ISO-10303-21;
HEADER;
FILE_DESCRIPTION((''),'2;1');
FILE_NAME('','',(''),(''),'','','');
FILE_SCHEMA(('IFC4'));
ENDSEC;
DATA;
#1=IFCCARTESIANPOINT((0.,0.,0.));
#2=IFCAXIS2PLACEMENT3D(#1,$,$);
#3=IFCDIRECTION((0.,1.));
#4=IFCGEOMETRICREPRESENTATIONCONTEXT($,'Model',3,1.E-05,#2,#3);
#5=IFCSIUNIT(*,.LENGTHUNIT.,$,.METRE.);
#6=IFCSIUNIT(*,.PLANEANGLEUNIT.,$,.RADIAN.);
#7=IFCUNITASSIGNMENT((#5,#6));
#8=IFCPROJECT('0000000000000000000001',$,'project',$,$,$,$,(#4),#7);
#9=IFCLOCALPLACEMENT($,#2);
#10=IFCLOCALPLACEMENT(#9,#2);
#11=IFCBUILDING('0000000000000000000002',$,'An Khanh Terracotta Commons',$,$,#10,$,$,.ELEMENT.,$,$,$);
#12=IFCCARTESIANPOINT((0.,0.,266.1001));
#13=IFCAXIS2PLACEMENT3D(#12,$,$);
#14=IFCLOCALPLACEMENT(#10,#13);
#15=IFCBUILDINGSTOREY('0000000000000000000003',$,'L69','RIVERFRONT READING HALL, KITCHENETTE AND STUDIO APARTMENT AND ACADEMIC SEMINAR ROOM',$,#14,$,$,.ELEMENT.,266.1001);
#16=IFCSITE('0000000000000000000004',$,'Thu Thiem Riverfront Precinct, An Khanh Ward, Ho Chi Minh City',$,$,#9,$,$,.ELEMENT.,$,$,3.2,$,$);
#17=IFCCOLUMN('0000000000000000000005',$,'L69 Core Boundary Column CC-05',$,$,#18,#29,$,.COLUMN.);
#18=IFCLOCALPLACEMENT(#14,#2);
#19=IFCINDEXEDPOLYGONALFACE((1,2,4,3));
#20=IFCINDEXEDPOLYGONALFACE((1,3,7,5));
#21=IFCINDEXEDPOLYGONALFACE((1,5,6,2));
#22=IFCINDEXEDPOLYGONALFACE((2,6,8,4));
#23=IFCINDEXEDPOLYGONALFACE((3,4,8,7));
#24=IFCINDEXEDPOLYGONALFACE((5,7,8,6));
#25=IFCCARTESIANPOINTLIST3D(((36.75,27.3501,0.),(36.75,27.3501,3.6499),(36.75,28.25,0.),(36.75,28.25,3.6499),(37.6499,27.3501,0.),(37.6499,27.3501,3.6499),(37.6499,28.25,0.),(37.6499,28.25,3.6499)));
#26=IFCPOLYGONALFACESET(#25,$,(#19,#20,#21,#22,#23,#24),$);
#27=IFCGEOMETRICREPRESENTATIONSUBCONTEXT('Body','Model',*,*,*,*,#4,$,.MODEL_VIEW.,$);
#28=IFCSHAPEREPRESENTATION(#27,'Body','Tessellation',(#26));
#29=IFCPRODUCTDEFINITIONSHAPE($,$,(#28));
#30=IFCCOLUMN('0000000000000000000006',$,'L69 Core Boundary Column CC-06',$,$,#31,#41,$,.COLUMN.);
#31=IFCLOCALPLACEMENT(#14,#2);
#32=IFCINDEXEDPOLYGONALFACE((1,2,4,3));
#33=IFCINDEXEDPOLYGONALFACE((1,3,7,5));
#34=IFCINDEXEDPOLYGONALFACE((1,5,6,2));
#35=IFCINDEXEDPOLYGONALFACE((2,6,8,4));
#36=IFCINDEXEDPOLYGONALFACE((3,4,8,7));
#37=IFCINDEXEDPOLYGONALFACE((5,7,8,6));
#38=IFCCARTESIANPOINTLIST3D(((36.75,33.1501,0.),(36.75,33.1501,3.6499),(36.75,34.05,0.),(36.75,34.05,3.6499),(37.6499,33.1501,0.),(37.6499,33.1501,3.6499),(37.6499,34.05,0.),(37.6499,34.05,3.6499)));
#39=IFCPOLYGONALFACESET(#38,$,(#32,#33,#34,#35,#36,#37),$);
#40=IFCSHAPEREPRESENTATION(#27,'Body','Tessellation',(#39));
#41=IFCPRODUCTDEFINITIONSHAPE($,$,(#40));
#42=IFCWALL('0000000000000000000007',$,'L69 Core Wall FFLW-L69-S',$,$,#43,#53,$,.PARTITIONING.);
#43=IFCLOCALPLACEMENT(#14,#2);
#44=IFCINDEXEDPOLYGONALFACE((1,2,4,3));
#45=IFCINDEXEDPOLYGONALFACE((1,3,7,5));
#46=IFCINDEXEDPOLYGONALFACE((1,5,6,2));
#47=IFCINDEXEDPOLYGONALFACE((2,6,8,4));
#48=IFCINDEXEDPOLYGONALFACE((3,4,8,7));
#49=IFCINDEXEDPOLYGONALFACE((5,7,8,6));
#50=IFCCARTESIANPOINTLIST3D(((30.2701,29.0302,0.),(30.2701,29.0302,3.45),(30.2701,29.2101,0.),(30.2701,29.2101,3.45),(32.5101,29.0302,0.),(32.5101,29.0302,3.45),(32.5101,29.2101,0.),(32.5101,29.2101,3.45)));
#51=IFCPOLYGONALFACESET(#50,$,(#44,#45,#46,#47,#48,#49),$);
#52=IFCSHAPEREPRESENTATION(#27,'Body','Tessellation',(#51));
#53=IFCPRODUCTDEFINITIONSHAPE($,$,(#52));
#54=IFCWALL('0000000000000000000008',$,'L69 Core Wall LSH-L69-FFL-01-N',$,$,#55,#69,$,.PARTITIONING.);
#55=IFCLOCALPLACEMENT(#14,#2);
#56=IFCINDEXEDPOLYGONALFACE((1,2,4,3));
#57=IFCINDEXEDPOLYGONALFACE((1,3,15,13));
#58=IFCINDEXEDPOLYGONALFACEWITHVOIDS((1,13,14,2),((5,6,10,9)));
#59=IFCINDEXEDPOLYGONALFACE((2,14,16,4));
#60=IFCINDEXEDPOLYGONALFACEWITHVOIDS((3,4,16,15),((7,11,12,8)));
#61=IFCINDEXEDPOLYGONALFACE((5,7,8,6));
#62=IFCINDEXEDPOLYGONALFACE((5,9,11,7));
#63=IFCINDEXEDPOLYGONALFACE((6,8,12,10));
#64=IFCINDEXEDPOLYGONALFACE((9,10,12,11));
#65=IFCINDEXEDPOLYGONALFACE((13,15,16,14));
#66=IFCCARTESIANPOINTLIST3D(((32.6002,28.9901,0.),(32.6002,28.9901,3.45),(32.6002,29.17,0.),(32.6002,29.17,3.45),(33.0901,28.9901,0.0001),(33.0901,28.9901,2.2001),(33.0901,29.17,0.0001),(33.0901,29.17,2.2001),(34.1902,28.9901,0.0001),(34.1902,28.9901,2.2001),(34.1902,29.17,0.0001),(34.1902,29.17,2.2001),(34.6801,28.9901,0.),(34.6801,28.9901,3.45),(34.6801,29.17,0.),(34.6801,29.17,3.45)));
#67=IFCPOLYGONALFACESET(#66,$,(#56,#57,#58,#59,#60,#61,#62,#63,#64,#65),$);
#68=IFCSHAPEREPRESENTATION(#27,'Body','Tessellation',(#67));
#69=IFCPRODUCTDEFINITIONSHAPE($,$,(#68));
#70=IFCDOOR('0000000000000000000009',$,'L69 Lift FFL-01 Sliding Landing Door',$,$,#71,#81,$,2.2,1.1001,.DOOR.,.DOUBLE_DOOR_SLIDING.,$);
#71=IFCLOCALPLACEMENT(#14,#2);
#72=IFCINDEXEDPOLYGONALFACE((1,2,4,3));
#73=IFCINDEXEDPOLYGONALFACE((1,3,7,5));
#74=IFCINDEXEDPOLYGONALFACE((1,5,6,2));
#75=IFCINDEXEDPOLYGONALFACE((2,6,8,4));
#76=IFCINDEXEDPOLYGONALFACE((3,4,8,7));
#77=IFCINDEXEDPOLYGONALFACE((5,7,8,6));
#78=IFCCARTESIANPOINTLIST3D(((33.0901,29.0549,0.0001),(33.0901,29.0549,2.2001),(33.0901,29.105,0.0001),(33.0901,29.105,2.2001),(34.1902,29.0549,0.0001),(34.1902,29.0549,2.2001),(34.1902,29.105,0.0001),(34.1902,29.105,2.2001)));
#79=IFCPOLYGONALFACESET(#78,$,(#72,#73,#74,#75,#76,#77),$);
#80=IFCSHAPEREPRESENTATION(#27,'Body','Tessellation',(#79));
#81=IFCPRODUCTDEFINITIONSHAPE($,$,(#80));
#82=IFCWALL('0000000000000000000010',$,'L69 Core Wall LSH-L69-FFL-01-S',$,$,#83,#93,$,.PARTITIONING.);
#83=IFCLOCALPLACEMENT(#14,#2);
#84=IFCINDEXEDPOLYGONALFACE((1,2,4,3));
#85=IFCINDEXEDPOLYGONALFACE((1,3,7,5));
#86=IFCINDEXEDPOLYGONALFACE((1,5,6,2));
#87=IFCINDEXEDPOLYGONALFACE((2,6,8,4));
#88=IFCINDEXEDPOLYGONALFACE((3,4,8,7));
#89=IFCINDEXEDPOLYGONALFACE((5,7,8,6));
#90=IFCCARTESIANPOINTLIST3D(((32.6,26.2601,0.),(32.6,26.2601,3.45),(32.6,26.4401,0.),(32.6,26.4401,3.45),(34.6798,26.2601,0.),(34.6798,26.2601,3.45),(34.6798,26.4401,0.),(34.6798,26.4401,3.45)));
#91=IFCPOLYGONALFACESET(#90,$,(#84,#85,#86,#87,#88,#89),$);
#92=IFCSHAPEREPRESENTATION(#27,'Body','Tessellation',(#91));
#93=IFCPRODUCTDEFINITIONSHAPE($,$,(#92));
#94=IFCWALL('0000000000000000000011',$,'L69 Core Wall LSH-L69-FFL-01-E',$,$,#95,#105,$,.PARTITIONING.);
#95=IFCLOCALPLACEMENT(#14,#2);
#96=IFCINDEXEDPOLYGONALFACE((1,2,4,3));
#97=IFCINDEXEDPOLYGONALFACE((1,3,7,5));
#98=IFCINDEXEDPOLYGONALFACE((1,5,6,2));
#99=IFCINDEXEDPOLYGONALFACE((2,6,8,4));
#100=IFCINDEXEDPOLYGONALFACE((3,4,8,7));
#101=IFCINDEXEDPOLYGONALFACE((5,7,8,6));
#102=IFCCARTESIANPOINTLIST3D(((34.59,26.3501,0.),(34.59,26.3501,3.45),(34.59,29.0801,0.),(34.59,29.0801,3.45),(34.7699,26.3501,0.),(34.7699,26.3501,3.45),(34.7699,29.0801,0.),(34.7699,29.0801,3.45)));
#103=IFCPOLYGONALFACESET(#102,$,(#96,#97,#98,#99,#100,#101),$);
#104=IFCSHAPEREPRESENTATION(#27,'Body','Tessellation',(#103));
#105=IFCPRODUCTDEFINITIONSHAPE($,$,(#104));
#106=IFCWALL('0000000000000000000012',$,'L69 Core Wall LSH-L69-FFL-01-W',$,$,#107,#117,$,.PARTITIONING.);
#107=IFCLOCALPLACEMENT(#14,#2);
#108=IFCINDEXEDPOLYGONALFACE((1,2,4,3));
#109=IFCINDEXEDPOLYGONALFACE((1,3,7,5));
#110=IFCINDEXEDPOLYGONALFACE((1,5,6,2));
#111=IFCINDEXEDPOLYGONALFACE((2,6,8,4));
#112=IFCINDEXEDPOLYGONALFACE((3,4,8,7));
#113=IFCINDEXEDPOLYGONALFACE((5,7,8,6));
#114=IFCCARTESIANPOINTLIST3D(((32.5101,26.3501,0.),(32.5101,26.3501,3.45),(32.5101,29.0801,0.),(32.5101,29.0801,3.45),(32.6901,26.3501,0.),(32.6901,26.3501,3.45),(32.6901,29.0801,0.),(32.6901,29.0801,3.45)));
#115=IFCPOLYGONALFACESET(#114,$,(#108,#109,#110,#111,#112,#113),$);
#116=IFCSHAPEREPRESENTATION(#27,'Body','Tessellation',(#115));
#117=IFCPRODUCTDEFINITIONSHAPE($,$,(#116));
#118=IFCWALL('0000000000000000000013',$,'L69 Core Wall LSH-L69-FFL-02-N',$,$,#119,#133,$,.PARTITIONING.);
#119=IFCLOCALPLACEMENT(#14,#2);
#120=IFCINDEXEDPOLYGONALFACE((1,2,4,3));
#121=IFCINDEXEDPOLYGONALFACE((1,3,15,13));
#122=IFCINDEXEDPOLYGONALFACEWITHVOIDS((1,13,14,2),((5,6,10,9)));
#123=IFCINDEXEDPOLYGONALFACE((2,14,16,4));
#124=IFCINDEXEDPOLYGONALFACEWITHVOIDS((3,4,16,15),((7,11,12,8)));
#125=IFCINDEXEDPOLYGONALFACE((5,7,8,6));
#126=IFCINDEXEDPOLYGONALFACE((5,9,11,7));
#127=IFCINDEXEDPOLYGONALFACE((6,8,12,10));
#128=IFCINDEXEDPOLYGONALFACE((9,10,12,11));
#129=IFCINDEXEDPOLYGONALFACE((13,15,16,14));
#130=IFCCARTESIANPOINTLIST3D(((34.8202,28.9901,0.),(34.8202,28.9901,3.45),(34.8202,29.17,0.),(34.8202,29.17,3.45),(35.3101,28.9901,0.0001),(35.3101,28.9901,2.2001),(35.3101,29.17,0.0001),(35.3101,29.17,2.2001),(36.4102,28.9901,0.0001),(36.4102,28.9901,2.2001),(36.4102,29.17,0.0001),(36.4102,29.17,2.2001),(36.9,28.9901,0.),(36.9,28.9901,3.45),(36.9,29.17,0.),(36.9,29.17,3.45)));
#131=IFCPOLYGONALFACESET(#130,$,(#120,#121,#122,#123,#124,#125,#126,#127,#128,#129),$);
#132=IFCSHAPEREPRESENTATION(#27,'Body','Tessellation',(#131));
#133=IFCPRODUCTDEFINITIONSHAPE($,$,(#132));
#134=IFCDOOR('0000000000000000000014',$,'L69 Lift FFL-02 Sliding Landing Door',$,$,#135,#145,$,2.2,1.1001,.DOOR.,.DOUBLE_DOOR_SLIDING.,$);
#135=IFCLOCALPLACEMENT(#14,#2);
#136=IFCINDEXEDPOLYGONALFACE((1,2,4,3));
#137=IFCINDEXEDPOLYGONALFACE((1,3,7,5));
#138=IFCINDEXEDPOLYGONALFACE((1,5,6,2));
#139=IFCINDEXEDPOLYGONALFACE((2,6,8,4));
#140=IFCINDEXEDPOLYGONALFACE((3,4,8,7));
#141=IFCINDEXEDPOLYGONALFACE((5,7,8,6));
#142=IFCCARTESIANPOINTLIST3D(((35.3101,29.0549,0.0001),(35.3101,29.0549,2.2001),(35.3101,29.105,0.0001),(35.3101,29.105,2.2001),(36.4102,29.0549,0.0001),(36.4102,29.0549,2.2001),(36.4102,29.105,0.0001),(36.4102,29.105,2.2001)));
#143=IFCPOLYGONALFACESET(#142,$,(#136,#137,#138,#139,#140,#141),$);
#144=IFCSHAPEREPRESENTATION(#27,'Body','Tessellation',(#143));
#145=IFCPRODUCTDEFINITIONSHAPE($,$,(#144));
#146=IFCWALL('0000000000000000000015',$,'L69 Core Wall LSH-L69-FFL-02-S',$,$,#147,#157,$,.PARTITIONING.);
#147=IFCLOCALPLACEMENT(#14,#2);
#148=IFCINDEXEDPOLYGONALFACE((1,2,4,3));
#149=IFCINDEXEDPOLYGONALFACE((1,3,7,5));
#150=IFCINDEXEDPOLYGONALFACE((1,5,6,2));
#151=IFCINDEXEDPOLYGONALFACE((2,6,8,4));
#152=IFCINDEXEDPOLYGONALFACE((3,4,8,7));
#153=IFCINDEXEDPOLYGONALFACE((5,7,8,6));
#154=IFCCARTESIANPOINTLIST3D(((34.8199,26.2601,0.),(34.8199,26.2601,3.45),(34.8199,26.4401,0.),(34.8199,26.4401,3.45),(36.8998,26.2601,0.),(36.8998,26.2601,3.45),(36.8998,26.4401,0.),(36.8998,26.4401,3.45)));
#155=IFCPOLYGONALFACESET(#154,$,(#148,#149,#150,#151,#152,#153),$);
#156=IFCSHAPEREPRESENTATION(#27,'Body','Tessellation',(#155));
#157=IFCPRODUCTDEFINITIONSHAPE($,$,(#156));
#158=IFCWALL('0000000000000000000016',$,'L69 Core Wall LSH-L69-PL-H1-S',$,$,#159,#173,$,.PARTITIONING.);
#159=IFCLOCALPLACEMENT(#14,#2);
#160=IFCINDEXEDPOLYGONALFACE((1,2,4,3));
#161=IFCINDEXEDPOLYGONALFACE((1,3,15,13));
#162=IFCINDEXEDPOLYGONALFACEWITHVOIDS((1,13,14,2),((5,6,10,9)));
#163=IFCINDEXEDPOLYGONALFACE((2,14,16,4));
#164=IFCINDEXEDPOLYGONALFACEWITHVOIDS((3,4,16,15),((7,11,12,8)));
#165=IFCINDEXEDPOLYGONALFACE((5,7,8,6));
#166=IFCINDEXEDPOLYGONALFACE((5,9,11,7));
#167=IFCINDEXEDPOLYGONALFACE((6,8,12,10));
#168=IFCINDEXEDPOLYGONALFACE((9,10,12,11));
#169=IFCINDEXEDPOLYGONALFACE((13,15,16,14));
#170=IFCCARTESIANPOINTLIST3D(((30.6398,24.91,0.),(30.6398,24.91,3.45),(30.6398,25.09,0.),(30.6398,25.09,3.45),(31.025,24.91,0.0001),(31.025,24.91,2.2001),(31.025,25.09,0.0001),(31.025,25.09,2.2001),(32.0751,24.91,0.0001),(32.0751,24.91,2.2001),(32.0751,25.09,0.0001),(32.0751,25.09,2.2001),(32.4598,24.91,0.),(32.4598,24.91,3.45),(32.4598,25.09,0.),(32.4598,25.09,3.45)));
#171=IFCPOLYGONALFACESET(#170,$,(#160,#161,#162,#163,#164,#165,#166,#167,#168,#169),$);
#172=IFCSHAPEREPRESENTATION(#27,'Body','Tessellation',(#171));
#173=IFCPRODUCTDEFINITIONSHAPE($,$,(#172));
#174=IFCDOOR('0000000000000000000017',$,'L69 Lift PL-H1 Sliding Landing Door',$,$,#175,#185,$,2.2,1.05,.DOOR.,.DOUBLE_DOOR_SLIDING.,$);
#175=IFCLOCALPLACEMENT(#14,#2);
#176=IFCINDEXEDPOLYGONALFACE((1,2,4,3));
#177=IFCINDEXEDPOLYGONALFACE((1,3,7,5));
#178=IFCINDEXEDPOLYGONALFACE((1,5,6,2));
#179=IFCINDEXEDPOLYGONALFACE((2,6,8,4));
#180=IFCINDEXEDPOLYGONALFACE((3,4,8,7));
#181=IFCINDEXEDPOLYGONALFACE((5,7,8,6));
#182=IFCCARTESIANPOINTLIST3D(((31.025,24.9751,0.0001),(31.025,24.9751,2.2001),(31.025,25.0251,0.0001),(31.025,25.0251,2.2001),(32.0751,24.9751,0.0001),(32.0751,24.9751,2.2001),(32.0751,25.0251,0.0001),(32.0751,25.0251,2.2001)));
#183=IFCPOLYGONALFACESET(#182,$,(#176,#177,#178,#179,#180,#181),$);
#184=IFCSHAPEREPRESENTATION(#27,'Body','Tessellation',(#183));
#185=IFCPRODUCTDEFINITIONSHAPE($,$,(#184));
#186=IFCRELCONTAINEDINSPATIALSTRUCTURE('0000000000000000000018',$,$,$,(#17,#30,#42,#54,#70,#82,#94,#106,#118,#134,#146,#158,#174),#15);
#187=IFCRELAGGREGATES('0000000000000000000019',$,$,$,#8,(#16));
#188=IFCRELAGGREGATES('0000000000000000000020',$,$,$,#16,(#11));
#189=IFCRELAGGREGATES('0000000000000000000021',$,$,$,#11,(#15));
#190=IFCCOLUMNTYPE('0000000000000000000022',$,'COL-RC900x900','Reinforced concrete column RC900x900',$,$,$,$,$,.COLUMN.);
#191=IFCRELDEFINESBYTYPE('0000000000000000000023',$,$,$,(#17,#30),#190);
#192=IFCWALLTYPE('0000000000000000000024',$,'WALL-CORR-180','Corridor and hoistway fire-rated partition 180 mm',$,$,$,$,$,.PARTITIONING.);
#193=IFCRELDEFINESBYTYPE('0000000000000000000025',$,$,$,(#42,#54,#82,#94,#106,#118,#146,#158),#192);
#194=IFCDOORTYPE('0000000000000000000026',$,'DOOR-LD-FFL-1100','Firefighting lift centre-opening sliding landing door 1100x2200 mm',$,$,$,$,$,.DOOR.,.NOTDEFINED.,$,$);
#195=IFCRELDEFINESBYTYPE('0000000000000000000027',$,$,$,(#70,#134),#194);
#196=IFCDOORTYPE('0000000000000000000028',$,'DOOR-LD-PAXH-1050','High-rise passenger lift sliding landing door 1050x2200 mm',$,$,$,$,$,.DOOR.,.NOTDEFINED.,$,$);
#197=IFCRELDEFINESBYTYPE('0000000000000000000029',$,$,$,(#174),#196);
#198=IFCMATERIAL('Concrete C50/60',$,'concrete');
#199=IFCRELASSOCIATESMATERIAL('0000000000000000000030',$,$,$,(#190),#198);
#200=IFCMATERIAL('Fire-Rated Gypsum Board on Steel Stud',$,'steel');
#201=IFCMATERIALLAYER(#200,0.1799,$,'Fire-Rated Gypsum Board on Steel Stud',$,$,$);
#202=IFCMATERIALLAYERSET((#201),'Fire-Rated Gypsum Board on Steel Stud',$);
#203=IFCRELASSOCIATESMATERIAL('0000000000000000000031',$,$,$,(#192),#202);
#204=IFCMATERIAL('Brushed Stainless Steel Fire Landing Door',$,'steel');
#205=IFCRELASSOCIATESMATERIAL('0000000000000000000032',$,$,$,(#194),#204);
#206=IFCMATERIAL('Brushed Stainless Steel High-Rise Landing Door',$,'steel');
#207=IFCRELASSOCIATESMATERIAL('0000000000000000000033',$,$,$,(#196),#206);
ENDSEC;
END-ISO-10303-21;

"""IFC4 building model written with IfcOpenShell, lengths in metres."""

from ifc_helpers import new_model, si_unit, direction, frame, frame_2d, origin, origin_2d, place, context, subcontext, project, spatial, rectangle, extrude, material, layer, layer_set, material_profile, profile_set, type_object, element, fill, save


model = new_model("IFC4")

# Units and contexts
model_context = context("Model", 3, precision=1e-05, world=origin(), true_north=direction((0.0, 1.0)))
body_context = subcontext(model_context, "Body", "Model", "MODEL_VIEW")
ifc_project = project(units=[si_unit("LENGTHUNIT", "METRE"), si_unit("PLANEANGLEUNIT", "RADIAN")], contexts=[model_context])

# Site, building, storey
site_placement = place(None, origin())
site = spatial("IfcSite", under=ifc_project, at=site_placement, Name="Thu Thiem Riverfront Precinct, An Khanh Ward, Ho Chi Minh City", CompositionType="ELEMENT", RefElevation=3.2)
building_placement = place(site_placement, origin())
building = spatial("IfcBuilding", under=site, at=building_placement, Name="An Khanh Terracotta Commons", CompositionType="ELEMENT")
storey_placement = place(building_placement, frame((0.0, 0.0, 266.1001)))
storey = spatial("IfcBuildingStorey", under=building, at=storey_placement, Name="L69", Description="RIVERFRONT READING HALL, KITCHENETTE AND STUDIO APARTMENT AND ACADEMIC SEMINAR ROOM", CompositionType="ELEMENT", Elevation=266.1001)

# Columns
ifc_material_1 = material(Name="Concrete C50/60", Category="concrete")
ifc_material_profile = material_profile(ifc_material_1, rectangle(XDim=0.8999, YDim=0.8999, at=origin_2d()), Name="RC900x900")
ifc_profile_set = profile_set([ifc_material_profile], Name="Concrete C50/60")
column_type = type_object("IfcColumnType", Name="COL-RC900x900", Description="Reinforced concrete column RC900x900", PredefinedType="COLUMN", material=ifc_profile_set)
for number, where, z_axis, x_axis, name in (
    (1, (37.2, 27.8, 0.0), (0.0, 0.0, 1.0), (1.0, 0.0, 0.0), "L69 Core Boundary Column CC-05"),
    (2, (37.2, 33.6001, 0.0), (0.0, 0.0, 1.0), (1.0, 0.0, 0.0), "L69 Core Boundary Column CC-06"),
):
    element("IfcColumn", number, at=place(storey_placement, frame(where, z_axis=z_axis, x_axis=x_axis)), inside=storey, type_object=column_type, Name=name, PredefinedType="COLUMN", context=body_context, shape_type="SweptSolid", body=[
        extrude(rectangle(XDim=0.8999, YDim=0.8999, at=origin_2d()), origin(), (0.0, 0.0, 1.0), 3.6499),
    ])

# Wall
ifc_material_2 = material(Name="Fire-Rated Gypsum Board on Steel Stud", Category="steel")
ifc_layer_1 = layer(ifc_material_2, 0.1799, Name="Fire-Rated Gypsum Board on Steel Stud")
ifc_layer_set_1 = layer_set([ifc_layer_1], Name="Fire-Rated Gypsum Board on Steel Stud")
wall_type_1 = type_object("IfcWallType", Name="WALL-CORR-180", Description="Corridor and hoistway fire-rated partition 180 mm", PredefinedType="PARTITIONING", material=ifc_layer_set_1)
wall_1_placement = place(storey_placement, frame((30.27, 29.1201, 0.0), z_axis=(0.0, 0.0, 1.0), x_axis=(1.0, 0.0, 0.0)))
element("IfcWall", 3, at=wall_1_placement, inside=storey, type_object=wall_type_1, Name="L69 Core Wall FFLW-L69-S", PredefinedType="PARTITIONING", context=body_context, shape_type="SweptSolid", body=[
    extrude(rectangle(XDim=2.24, YDim=0.1799, at=frame_2d((1.1201, 0.0))), origin(), (0.0, 0.0, 1.0), 3.45),
])

# Wall, opening, door
wall_2_placement = place(storey_placement, frame((32.6001, 29.0801, 0.0), z_axis=(0.0, 0.0, 1.0), x_axis=(1.0, 0.0, 0.0)))
wall_2 = element("IfcWall", 4, at=wall_2_placement, inside=storey, type_object=wall_type_1, Name="L69 Core Wall LSH-L69-FFL-01-N", PredefinedType="PARTITIONING", context=body_context, shape_type="SweptSolid", body=[
    extrude(rectangle(XDim=2.0798, YDim=0.1799, at=frame_2d((1.04, 0.0))), origin(), (0.0, 0.0, 1.0), 3.45),
])
opening_1_placement = place(wall_2_placement, frame((0.49, 0.0, 0.0)))
opening_1 = element("IfcOpeningElement", 5, at=opening_1_placement, cuts=wall_2, PredefinedType="OPENING", context=body_context, shape_type="SweptSolid", body=[
    extrude(rectangle(XDim=1.1001, YDim=2.2, at=frame_2d((0.55, 1.1001))), frame((0.0, 0.0999, 0.0), z_axis=(0.0, -1.0, 0.0), x_axis=(1.0, 0.0, 0.0)), (0.0, 0.0, 1.0), 0.2),
])
ifc_material_3 = material(Name="Brushed Stainless Steel Fire Landing Door", Category="steel")
door_type_1 = type_object("IfcDoorType", Name="DOOR-LD-FFL-1100", Description="Firefighting lift centre-opening sliding landing door 1100x2200 mm", OperationType="NOTDEFINED", PredefinedType="DOOR", material=ifc_material_3)
door_1_placement = place(opening_1_placement, origin())
door_1 = element("IfcDoor", 6, at=door_1_placement, inside=storey, type_object=door_type_1, Name="L69 Lift FFL-01 Sliding Landing Door", OperationType="DOUBLE_DOOR_SLIDING", OverallHeight=2.2, OverallWidth=1.1001, PredefinedType="DOOR", context=body_context, shape_type="SweptSolid", body=[
    extrude(rectangle(XDim=1.1001, YDim=2.2, at=frame_2d((0.55, 1.1001))), frame((0.0, 0.0249, 0.0), z_axis=(0.0, -1.0, 0.0), x_axis=(1.0, 0.0, 0.0)), (0.0, 0.0, 1.0), 0.05),
])
fill(opening_1, door_1)

# Walls
wall_3_placement = place(storey_placement, frame((34.6799, 26.3501, 0.0), z_axis=(0.0, 0.0, 1.0), x_axis=(-1.0, 0.0, 0.0)))
element("IfcWall", 7, at=wall_3_placement, inside=storey, type_object=wall_type_1, Name="L69 Core Wall LSH-L69-FFL-01-S", PredefinedType="PARTITIONING", context=body_context, shape_type="SweptSolid", body=[
    extrude(rectangle(XDim=2.0798, YDim=0.1799, at=frame_2d((1.04, 0.0))), origin(), (0.0, 0.0, 1.0), 3.45),
])
for number, where, z_axis, x_axis, name in (
    (8, (34.6799, 26.3501, 0.0), (0.0, 0.0, 1.0), (0.0, 1.0, 0.0), "L69 Core Wall LSH-L69-FFL-01-E"),
    (9, (32.6001, 29.0801, 0.0), (0.0, 0.0, 1.0), (0.0, -1.0, 0.0), "L69 Core Wall LSH-L69-FFL-01-W"),
):
    element("IfcWall", number, at=place(storey_placement, frame(where, z_axis=z_axis, x_axis=x_axis)), inside=storey, type_object=wall_type_1, Name=name, PredefinedType="PARTITIONING", context=body_context, shape_type="SweptSolid", body=[
        extrude(rectangle(XDim=2.73, YDim=0.1799, at=frame_2d((1.365, 0.0))), origin(), (0.0, 0.0, 1.0), 3.45),
    ])

# Wall, opening, door
wall_4_placement = place(storey_placement, frame((34.8201, 29.0801, 0.0), z_axis=(0.0, 0.0, 1.0), x_axis=(1.0, 0.0, 0.0)))
wall_4 = element("IfcWall", 10, at=wall_4_placement, inside=storey, type_object=wall_type_1, Name="L69 Core Wall LSH-L69-FFL-02-N", PredefinedType="PARTITIONING", context=body_context, shape_type="SweptSolid", body=[
    extrude(rectangle(XDim=2.0798, YDim=0.1799, at=frame_2d((1.04, 0.0))), origin(), (0.0, 0.0, 1.0), 3.45),
])
opening_2_placement = place(wall_4_placement, frame((0.49, 0.0, 0.0)))
opening_2 = element("IfcOpeningElement", 11, at=opening_2_placement, cuts=wall_4, PredefinedType="OPENING", context=body_context, shape_type="SweptSolid", body=[
    extrude(rectangle(XDim=1.1001, YDim=2.2, at=frame_2d((0.55, 1.1001))), frame((0.0, 0.0999, 0.0), z_axis=(0.0, -1.0, 0.0), x_axis=(1.0, 0.0, 0.0)), (0.0, 0.0, 1.0), 0.2),
])
door_2_placement = place(opening_2_placement, origin())
door_2 = element("IfcDoor", 12, at=door_2_placement, inside=storey, type_object=door_type_1, Name="L69 Lift FFL-02 Sliding Landing Door", OperationType="DOUBLE_DOOR_SLIDING", OverallHeight=2.2, OverallWidth=1.1001, PredefinedType="DOOR", context=body_context, shape_type="SweptSolid", body=[
    extrude(rectangle(XDim=1.1001, YDim=2.2, at=frame_2d((0.55, 1.1001))), frame((0.0, 0.0249, 0.0), z_axis=(0.0, -1.0, 0.0), x_axis=(1.0, 0.0, 0.0)), (0.0, 0.0, 1.0), 0.05),
])
fill(opening_2, door_2)

# Wall
wall_5_placement = place(storey_placement, frame((36.8999, 26.3501, 0.0), z_axis=(0.0, 0.0, 1.0), x_axis=(-1.0, 0.0, 0.0)))
element("IfcWall", 13, at=wall_5_placement, inside=storey, type_object=wall_type_1, Name="L69 Core Wall LSH-L69-FFL-02-S", PredefinedType="PARTITIONING", context=body_context, shape_type="SweptSolid", body=[
    extrude(rectangle(XDim=2.0798, YDim=0.1799, at=frame_2d((1.04, 0.0))), origin(), (0.0, 0.0, 1.0), 3.45),
])

# Wall, opening, door
wall_6_placement = place(storey_placement, frame((32.46, 25.0, 0.0), z_axis=(0.0, 0.0, 1.0), x_axis=(-1.0, 0.0, 0.0)))
wall_6 = element("IfcWall", 14, at=wall_6_placement, inside=storey, type_object=wall_type_1, Name="L69 Core Wall LSH-L69-PL-H1-S", PredefinedType="PARTITIONING", context=body_context, shape_type="SweptSolid", body=[
    extrude(rectangle(XDim=1.8201, YDim=0.1799, at=frame_2d((0.9102, 0.0))), origin(), (0.0, 0.0, 1.0), 3.45),
])
opening_3_placement = place(wall_6_placement, frame((0.385, 0.0, 0.0)))
opening_3 = element("IfcOpeningElement", 15, at=opening_3_placement, cuts=wall_6, PredefinedType="OPENING", context=body_context, shape_type="SweptSolid", body=[
    extrude(rectangle(XDim=1.05, YDim=2.2, at=frame_2d((0.5249, 1.1001))), frame((0.0, 0.0999, 0.0), z_axis=(0.0, -1.0, 0.0), x_axis=(1.0, 0.0, 0.0)), (0.0, 0.0, 1.0), 0.2),
])
ifc_material_4 = material(Name="Brushed Stainless Steel High-Rise Landing Door", Category="steel")
door_type_2 = type_object("IfcDoorType", Name="DOOR-LD-PAXH-1050", Description="High-rise passenger lift sliding landing door 1050x2200 mm", OperationType="NOTDEFINED", PredefinedType="DOOR", material=ifc_material_4)
door_3_placement = place(opening_3_placement, origin())
door_3 = element("IfcDoor", 16, at=door_3_placement, inside=storey, type_object=door_type_2, Name="L69 Lift PL-H1 Sliding Landing Door", OperationType="DOUBLE_DOOR_SLIDING", OverallHeight=2.2, OverallWidth=1.05, PredefinedType="DOOR", context=body_context, shape_type="SweptSolid", body=[
    extrude(rectangle(XDim=1.05, YDim=2.2, at=frame_2d((0.5249, 1.1001))), frame((0.0, 0.0249, 0.0), z_axis=(0.0, -1.0, 0.0), x_axis=(1.0, 0.0, 0.0)), (0.0, 0.0, 1.0), 0.05),
])
fill(opening_3, door_3)

save(model, "model.ifc")
